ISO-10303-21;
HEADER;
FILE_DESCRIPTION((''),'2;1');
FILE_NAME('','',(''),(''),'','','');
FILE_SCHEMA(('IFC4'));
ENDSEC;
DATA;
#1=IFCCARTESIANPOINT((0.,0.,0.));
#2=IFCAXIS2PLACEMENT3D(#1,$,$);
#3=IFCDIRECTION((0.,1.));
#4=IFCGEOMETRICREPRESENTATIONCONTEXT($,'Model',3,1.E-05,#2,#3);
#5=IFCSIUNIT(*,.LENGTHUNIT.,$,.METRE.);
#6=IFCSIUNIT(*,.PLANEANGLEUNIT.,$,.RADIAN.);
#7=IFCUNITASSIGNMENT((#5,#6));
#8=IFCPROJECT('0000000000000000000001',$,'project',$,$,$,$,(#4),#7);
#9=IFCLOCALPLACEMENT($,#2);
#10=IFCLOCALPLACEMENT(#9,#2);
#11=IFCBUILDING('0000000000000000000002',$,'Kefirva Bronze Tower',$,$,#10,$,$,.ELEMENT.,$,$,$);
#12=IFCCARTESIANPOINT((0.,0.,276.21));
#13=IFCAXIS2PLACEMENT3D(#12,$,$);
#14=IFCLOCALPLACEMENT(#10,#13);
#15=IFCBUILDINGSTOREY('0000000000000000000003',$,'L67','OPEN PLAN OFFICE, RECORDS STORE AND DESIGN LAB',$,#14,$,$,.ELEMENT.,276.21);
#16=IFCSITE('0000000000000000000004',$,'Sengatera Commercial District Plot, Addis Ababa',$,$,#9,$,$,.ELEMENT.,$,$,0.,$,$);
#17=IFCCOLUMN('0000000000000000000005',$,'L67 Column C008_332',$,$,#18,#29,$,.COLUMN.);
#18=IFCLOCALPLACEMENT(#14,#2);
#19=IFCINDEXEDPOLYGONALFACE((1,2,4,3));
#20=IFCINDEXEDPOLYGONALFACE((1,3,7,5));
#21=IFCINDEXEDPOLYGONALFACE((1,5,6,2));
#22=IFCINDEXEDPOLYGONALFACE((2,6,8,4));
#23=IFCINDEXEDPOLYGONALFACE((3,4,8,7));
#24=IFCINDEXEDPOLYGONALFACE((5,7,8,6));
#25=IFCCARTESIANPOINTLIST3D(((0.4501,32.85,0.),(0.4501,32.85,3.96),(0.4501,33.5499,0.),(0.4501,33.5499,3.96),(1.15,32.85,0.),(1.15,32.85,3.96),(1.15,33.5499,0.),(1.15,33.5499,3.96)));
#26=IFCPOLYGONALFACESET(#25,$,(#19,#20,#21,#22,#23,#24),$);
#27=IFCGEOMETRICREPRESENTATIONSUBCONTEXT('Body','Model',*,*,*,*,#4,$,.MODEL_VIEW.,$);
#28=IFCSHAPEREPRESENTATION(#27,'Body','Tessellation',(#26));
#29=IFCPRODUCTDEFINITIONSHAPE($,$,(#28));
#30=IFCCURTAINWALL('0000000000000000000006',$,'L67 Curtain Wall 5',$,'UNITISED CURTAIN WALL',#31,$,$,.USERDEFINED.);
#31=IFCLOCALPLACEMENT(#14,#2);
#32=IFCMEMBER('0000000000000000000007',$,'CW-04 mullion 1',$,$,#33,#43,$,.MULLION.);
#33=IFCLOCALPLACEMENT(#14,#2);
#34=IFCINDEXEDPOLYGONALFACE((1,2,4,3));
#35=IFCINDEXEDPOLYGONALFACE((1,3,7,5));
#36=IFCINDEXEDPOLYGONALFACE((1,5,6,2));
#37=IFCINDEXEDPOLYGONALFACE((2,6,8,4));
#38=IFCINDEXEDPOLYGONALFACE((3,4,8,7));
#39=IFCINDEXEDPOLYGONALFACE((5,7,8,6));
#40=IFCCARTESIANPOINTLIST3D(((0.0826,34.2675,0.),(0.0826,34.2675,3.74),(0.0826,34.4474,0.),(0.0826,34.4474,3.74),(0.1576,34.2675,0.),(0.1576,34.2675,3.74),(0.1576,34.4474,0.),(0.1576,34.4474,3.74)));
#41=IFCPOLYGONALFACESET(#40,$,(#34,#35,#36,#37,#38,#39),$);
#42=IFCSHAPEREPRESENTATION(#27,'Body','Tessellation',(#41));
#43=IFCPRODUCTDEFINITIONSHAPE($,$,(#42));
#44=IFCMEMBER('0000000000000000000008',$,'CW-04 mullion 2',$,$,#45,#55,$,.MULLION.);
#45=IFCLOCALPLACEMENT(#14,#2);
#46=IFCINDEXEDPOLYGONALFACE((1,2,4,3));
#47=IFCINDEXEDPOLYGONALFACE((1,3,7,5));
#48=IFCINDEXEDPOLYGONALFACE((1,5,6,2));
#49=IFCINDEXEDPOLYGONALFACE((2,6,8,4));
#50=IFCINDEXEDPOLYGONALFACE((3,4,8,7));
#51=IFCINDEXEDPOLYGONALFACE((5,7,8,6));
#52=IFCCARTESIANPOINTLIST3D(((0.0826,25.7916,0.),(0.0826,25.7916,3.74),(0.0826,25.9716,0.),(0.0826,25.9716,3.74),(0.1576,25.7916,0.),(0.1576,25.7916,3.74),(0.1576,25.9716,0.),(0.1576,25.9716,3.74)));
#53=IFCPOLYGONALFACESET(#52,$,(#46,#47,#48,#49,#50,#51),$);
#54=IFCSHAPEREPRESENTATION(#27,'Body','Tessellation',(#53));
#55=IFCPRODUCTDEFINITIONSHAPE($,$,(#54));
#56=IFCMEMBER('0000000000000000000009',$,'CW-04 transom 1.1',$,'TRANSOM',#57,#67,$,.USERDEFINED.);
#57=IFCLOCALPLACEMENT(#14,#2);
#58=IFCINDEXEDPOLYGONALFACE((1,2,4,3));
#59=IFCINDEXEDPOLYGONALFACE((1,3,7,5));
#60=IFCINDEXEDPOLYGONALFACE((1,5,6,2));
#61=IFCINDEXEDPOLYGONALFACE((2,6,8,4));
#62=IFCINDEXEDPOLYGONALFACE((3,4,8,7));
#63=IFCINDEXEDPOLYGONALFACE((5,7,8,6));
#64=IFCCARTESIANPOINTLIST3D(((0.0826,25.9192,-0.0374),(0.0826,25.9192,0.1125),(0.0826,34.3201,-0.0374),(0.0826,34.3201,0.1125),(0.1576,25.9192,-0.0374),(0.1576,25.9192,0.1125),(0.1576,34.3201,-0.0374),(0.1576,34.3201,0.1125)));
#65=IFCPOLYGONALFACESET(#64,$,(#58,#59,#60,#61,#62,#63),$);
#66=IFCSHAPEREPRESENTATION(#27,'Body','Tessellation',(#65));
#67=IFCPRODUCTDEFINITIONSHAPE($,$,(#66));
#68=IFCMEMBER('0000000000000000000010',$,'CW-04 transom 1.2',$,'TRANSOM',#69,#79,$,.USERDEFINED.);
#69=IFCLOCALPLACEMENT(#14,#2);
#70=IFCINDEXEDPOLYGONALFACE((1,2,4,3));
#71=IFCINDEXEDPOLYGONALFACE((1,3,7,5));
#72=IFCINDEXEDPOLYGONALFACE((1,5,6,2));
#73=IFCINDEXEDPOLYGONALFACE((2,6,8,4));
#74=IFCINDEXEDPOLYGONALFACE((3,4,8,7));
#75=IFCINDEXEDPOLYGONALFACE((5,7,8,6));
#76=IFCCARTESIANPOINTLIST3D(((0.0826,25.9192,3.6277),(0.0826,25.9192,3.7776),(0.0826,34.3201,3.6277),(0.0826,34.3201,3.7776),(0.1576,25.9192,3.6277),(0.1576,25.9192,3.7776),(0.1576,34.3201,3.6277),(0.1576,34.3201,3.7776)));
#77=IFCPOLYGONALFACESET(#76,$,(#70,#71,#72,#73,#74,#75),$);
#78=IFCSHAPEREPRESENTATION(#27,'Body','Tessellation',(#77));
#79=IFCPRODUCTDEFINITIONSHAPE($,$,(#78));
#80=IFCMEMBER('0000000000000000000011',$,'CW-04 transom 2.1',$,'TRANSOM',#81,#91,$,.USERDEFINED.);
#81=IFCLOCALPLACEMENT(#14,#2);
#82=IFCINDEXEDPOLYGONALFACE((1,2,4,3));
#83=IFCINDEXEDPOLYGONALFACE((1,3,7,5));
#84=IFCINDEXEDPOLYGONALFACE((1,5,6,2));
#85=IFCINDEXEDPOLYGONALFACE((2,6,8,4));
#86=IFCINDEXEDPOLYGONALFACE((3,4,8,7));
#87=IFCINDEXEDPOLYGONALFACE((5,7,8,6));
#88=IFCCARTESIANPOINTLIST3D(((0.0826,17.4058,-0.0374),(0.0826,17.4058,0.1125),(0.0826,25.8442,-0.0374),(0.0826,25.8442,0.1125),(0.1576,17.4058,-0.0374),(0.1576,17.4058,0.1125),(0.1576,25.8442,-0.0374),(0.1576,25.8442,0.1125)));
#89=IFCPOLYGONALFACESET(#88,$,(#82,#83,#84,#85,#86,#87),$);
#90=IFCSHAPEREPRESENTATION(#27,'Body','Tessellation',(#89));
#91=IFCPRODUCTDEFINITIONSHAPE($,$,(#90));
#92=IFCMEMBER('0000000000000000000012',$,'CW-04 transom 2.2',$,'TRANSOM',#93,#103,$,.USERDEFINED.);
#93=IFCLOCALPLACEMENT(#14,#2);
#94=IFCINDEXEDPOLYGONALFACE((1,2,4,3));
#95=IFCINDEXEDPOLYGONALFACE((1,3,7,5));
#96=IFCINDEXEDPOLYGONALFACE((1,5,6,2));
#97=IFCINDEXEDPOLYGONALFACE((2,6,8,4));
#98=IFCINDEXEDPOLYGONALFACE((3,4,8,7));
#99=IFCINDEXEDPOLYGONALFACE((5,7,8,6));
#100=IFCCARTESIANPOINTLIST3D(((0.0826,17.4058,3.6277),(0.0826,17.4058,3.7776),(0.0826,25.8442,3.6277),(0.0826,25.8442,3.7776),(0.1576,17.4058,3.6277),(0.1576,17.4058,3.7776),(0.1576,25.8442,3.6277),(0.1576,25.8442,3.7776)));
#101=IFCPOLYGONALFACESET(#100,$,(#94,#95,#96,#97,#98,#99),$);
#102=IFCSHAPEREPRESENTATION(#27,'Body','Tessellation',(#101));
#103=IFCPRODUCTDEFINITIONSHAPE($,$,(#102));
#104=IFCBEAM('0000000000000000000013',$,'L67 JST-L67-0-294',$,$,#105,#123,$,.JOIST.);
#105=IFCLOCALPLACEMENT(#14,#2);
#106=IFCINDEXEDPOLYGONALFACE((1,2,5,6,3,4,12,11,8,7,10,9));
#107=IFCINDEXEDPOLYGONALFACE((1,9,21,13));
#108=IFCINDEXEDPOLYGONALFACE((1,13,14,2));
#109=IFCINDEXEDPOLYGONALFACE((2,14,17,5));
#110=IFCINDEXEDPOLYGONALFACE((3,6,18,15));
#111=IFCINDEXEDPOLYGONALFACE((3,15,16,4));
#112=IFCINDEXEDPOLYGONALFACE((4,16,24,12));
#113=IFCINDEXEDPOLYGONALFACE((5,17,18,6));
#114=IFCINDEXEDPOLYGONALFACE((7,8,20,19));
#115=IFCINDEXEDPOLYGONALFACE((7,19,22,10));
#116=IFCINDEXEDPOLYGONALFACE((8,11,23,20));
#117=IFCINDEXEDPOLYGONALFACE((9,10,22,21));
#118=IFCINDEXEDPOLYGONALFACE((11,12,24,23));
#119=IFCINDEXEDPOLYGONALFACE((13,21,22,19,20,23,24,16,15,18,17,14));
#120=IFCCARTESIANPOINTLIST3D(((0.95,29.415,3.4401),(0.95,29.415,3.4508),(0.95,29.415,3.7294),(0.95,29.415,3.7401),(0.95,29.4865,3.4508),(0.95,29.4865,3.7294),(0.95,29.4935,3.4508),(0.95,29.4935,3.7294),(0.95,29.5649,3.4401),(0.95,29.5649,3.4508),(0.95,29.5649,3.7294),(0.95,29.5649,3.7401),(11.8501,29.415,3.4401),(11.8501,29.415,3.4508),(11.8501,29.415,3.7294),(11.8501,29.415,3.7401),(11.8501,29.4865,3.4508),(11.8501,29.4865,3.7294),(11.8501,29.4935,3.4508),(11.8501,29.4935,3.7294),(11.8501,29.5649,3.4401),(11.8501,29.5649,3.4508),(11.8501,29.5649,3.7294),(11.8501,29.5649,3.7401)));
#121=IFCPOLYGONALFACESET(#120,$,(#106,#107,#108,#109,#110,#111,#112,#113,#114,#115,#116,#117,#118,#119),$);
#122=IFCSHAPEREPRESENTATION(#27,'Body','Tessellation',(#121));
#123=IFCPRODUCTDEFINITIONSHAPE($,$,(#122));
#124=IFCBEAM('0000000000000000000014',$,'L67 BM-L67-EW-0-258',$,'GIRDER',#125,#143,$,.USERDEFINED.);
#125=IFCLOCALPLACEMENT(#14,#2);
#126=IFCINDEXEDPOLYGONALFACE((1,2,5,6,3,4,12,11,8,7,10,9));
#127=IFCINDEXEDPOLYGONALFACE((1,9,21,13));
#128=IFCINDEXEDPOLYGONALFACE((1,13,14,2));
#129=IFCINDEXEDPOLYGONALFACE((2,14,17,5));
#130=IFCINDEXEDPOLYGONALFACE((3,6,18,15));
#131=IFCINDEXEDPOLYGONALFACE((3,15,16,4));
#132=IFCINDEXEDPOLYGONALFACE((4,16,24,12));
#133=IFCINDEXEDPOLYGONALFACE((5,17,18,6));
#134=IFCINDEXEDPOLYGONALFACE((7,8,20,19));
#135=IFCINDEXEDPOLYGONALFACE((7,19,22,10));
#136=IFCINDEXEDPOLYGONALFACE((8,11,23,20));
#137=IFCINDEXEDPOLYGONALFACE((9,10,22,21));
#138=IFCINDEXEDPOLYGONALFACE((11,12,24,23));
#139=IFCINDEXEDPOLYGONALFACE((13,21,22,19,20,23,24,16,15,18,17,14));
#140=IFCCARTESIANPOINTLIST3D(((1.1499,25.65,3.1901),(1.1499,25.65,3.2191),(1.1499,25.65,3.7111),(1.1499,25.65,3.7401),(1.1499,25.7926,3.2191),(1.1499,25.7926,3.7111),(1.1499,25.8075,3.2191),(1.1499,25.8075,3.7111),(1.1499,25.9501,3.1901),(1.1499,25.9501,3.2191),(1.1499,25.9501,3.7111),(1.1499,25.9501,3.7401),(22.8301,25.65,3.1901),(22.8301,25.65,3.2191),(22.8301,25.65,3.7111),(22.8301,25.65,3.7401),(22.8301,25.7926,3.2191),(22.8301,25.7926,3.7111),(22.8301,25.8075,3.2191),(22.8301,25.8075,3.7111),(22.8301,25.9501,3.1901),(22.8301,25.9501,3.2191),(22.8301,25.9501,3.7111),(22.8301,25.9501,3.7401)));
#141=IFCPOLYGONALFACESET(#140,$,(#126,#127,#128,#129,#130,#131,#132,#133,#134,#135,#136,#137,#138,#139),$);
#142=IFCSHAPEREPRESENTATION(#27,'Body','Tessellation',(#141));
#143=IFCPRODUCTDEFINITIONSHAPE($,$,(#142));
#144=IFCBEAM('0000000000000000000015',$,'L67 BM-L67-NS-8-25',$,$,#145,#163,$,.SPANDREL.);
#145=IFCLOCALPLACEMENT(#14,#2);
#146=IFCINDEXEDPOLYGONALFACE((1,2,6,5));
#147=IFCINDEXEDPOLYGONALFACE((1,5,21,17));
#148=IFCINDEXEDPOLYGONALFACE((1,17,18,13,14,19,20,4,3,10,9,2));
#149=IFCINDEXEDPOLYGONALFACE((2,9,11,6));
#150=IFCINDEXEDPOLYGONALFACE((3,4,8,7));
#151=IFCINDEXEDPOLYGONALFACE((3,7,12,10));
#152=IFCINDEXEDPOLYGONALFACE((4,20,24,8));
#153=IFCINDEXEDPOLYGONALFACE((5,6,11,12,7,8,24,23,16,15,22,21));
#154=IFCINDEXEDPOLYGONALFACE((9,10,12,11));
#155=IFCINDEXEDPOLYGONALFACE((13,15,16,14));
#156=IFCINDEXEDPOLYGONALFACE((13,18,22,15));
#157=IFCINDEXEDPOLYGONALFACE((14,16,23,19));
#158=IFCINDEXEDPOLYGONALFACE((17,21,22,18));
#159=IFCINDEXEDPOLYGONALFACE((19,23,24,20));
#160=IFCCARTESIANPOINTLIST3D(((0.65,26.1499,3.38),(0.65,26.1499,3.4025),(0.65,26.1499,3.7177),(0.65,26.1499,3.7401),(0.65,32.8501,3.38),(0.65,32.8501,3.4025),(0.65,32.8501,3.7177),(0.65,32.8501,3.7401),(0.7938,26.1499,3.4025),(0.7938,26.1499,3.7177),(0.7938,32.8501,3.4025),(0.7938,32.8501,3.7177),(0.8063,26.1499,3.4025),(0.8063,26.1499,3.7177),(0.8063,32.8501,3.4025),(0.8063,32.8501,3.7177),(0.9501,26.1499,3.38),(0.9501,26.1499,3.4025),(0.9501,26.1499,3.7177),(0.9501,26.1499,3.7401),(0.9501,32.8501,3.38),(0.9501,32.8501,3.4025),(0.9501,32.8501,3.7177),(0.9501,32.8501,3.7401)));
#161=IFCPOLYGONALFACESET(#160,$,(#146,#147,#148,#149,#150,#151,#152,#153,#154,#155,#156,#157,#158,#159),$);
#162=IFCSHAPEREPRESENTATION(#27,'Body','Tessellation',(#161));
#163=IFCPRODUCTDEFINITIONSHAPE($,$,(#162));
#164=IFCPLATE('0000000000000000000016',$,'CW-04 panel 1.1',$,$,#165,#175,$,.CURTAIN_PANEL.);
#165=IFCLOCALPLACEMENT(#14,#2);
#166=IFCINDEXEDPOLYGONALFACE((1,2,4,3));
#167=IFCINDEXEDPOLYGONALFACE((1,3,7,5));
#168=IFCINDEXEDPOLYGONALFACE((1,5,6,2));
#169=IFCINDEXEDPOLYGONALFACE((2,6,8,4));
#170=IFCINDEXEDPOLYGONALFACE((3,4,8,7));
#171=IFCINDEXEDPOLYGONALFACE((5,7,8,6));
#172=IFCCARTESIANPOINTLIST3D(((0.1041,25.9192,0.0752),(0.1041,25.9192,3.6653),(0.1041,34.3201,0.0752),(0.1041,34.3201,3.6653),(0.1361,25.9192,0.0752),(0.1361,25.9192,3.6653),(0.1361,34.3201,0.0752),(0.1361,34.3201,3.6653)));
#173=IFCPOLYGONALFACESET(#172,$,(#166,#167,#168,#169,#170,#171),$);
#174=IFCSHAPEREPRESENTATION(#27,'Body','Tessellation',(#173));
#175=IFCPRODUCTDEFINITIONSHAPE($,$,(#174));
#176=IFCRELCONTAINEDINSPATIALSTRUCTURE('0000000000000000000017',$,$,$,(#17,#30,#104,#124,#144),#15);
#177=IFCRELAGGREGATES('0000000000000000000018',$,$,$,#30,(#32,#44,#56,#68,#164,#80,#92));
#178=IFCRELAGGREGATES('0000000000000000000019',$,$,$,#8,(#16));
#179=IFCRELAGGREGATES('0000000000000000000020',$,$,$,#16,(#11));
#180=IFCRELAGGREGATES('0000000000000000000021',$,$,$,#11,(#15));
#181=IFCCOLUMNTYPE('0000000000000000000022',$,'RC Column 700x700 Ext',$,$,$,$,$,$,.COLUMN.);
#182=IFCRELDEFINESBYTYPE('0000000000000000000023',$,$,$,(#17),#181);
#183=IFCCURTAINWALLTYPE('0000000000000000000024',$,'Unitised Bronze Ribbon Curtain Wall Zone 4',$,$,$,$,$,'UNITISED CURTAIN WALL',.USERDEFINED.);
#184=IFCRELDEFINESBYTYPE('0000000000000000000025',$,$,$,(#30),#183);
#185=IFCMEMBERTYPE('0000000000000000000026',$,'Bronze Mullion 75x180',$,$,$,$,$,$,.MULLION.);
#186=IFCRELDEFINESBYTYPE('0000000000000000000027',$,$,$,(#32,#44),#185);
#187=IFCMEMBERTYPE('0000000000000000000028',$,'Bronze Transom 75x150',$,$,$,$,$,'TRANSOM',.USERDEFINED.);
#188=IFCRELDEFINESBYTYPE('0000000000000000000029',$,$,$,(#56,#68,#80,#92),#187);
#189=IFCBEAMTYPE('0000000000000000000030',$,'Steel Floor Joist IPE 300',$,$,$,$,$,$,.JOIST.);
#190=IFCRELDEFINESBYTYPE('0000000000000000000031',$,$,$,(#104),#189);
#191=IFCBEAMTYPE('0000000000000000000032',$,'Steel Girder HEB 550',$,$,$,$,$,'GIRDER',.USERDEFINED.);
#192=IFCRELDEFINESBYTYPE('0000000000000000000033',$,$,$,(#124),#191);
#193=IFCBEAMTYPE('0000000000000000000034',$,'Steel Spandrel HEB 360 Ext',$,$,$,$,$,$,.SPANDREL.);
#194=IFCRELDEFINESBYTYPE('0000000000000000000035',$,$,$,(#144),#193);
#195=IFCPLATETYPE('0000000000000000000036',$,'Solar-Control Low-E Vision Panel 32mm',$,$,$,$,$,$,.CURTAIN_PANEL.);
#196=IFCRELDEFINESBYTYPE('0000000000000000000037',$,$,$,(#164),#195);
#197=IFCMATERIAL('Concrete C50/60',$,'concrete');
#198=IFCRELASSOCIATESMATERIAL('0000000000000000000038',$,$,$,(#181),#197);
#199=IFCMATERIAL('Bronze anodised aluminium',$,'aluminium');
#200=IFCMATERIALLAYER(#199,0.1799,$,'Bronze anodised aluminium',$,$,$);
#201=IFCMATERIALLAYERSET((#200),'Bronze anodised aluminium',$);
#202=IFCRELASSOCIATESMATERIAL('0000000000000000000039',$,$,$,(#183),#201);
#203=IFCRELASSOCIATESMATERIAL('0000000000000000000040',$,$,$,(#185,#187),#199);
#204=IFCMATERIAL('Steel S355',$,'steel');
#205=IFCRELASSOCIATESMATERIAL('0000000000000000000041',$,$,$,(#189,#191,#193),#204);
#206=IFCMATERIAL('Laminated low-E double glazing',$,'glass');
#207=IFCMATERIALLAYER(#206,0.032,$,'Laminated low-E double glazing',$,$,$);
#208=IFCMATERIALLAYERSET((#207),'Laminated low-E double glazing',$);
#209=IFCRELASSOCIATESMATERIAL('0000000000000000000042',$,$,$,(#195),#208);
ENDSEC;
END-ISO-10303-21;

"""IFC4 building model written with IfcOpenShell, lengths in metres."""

from ifc_helpers import new_model, si_unit, direction, frame, origin, origin_2d, place, context, subcontext, project, spatial, rectangle, i_section, extrude, material, layer, layer_set, material_profile, profile_set, type_object, element, aggregate, save


model = new_model("IFC4")

# Units and contexts
model_context = context("Model", 3, precision=1e-05, world=origin(), true_north=direction((0.0, 1.0)))
body_context = subcontext(model_context, "Body", "Model", "MODEL_VIEW")
ifc_project = project(units=[si_unit("LENGTHUNIT", "METRE"), si_unit("PLANEANGLEUNIT", "RADIAN")], contexts=[model_context])

# Site, building, storey
site_placement = place(None, origin())
site = spatial("IfcSite", under=ifc_project, at=site_placement, Name="Sengatera Commercial District Plot, Addis Ababa", CompositionType="ELEMENT", RefElevation=0.0)
building_placement = place(site_placement, origin())
building = spatial("IfcBuilding", under=site, at=building_placement, Name="Kefirva Bronze Tower", CompositionType="ELEMENT")
storey_placement = place(building_placement, frame((0.0, 0.0, 276.21)))
storey = spatial("IfcBuildingStorey", under=building, at=storey_placement, Name="L67", Description="OPEN PLAN OFFICE, RECORDS STORE AND DESIGN LAB", CompositionType="ELEMENT", Elevation=276.21)

# Column
ifc_material_1 = material(Name="Concrete C50/60", Category="concrete")
ifc_material_profile_1 = material_profile(ifc_material_1, rectangle(XDim=0.7, YDim=0.7, at=origin_2d()), Name="RC 700x700")
ifc_profile_set_1 = profile_set([ifc_material_profile_1], Name="Concrete C50/60")
column_type = type_object("IfcColumnType", Name="RC Column 700x700 Ext", PredefinedType="COLUMN", material=ifc_profile_set_1)
column_placement = place(storey_placement, frame((0.8, 33.2, 0.0), z_axis=(0.0, 0.0, 1.0), x_axis=(1.0, 0.0, 0.0)))
element("IfcColumn", 1, at=column_placement, inside=storey, type_object=column_type, Name="L67 Column C008_332", PredefinedType="COLUMN", context=body_context, shape_type="SweptSolid", body=[
    extrude(rectangle(XDim=0.7, YDim=0.7, at=origin_2d()), origin(), (0.0, 0.0, 1.0), 3.96),
])

# Curtain wall, members
ifc_material_2 = material(Name="Bronze anodised aluminium", Category="aluminium")
ifc_layer_1 = layer(ifc_material_2, 0.1799, Name="Bronze anodised aluminium")
ifc_layer_set_1 = layer_set([ifc_layer_1], Name="Bronze anodised aluminium")
curtain_wall_type = type_object("IfcCurtainWallType", Name="Unitised Bronze Ribbon Curtain Wall Zone 4", ElementType="UNITISED CURTAIN WALL", PredefinedType="USERDEFINED", material=ifc_layer_set_1)
curtain_wall_placement = place(storey_placement, origin())
curtain_wall = element("IfcCurtainWall", 2, at=curtain_wall_placement, inside=storey, type_object=curtain_wall_type, Name="L67 Curtain Wall 5", ObjectType="UNITISED CURTAIN WALL", PredefinedType="USERDEFINED")
ifc_material_profile_2 = material_profile(ifc_material_2, rectangle(XDim=0.075, YDim=0.1799, at=origin_2d()), Name="ALU 75x180")
ifc_profile_set_2 = profile_set([ifc_material_profile_2], Name="Bronze anodised aluminium")
member_type_1 = type_object("IfcMemberType", Name="Bronze Mullion 75x180", PredefinedType="MULLION", material=ifc_profile_set_2)
member_1_placement = place(storey_placement, frame((0.1201, 34.3574, 0.0), z_axis=(0.0, 0.0, 1.0), x_axis=(1.0, 0.0, 0.0)))
member_1 = element("IfcMember", 3, at=member_1_placement, type_object=member_type_1, Name="CW-04 mullion 1", PredefinedType="MULLION", context=body_context, shape_type="SweptSolid", body=[
    extrude(rectangle(XDim=0.075, YDim=0.1799, at=origin_2d()), origin(), (0.0, 0.0, 1.0), 3.74),
])
member_2_placement = place(storey_placement, frame((0.1201, 25.8816, 0.0), z_axis=(0.0, 0.0, 1.0), x_axis=(1.0, 0.0, 0.0)))
member_2 = element("IfcMember", 4, at=member_2_placement, type_object=member_type_1, Name="CW-04 mullion 2", PredefinedType="MULLION", context=body_context, shape_type="SweptSolid", body=[
    extrude(rectangle(XDim=0.075, YDim=0.1799, at=origin_2d()), origin(), (0.0, 0.0, 1.0), 3.74),
])
ifc_material_profile_3 = material_profile(ifc_material_2, rectangle(XDim=0.075, YDim=0.1499, at=origin_2d()), Name="ALU 75x150")
ifc_profile_set_3 = profile_set([ifc_material_profile_3], Name="Bronze anodised aluminium")
member_type_2 = type_object("IfcMemberType", Name="Bronze Transom 75x150", ElementType="TRANSOM", PredefinedType="USERDEFINED", material=ifc_profile_set_3)
member_3_placement = place(storey_placement, frame((0.1201, 34.3201, 0.0376), z_axis=(0.0, -1.0, 0.0), x_axis=(1.0, 0.0, 0.0)))
member_3 = element("IfcMember", 5, at=member_3_placement, type_object=member_type_2, Name="CW-04 transom 1.1", ObjectType="TRANSOM", PredefinedType="USERDEFINED", context=body_context, shape_type="SweptSolid", body=[
    extrude(rectangle(XDim=0.075, YDim=0.1499, at=origin_2d()), origin(), (0.0, 0.0, 1.0), 8.4009),
])
member_4_placement = place(storey_placement, frame((0.1201, 34.3201, 3.7026), z_axis=(0.0, -1.0, 0.0), x_axis=(1.0, 0.0, 0.0)))
member_4 = element("IfcMember", 6, at=member_4_placement, type_object=member_type_2, Name="CW-04 transom 1.2", ObjectType="TRANSOM", PredefinedType="USERDEFINED", context=body_context, shape_type="SweptSolid", body=[
    extrude(rectangle(XDim=0.075, YDim=0.1499, at=origin_2d()), origin(), (0.0, 0.0, 1.0), 8.4009),
])
member_5_placement = place(storey_placement, frame((0.1201, 25.8442, 0.0376), z_axis=(0.0, -1.0, 0.0), x_axis=(1.0, 0.0, 0.0)))
member_5 = element("IfcMember", 7, at=member_5_placement, type_object=member_type_2, Name="CW-04 transom 2.1", ObjectType="TRANSOM", PredefinedType="USERDEFINED", context=body_context, shape_type="SweptSolid", body=[
    extrude(rectangle(XDim=0.075, YDim=0.1499, at=origin_2d()), origin(), (0.0, 0.0, 1.0), 8.4385),
])
member_6_placement = place(storey_placement, frame((0.1201, 25.8442, 3.7026), z_axis=(0.0, -1.0, 0.0), x_axis=(1.0, 0.0, 0.0)))
member_6 = element("IfcMember", 8, at=member_6_placement, type_object=member_type_2, Name="CW-04 transom 2.2", ObjectType="TRANSOM", PredefinedType="USERDEFINED", context=body_context, shape_type="SweptSolid", body=[
    extrude(rectangle(XDim=0.075, YDim=0.1499, at=origin_2d()), origin(), (0.0, 0.0, 1.0), 8.4385),
])

# Beams
ifc_material_3 = material(Name="Steel S355", Category="steel")
ifc_material_profile_4 = material_profile(ifc_material_3, i_section(OverallWidth=0.1499, OverallDepth=0.3, WebThickness=0.0071, FlangeThickness=0.0107, at=origin_2d()), Name="IPE 300")
ifc_profile_set_4 = profile_set([ifc_material_profile_4], Name="Steel S355")
beam_type_1 = type_object("IfcBeamType", Name="Steel Floor Joist IPE 300", PredefinedType="JOIST", material=ifc_profile_set_4)
beam_1_placement = place(storey_placement, frame((0.95, 29.49, 3.5901), z_axis=(1.0, 0.0, 0.0), x_axis=(0.0, 1.0, 0.0)))
element("IfcBeam", 9, at=beam_1_placement, inside=storey, type_object=beam_type_1, Name="L67 JST-L67-0-294", PredefinedType="JOIST", context=body_context, shape_type="SweptSolid", body=[
    extrude(i_section(OverallWidth=0.1499, OverallDepth=0.3, WebThickness=0.0071, FlangeThickness=0.0107, at=origin_2d()), origin(), (0.0, 0.0, 1.0), 10.9001),
])
ifc_material_profile_5 = material_profile(ifc_material_3, i_section(OverallWidth=0.3, OverallDepth=0.55, WebThickness=0.0149, FlangeThickness=0.0291, at=origin_2d()), Name="HEB 550")
ifc_profile_set_5 = profile_set([ifc_material_profile_5], Name="Steel S355")
beam_type_2 = type_object("IfcBeamType", Name="Steel Girder HEB 550", ElementType="GIRDER", PredefinedType="USERDEFINED", material=ifc_profile_set_5)
beam_2_placement = place(storey_placement, frame((1.1499, 25.8, 3.4651), z_axis=(1.0, 0.0, 0.0), x_axis=(0.0, 1.0, 0.0)))
element("IfcBeam", 10, at=beam_2_placement, inside=storey, type_object=beam_type_2, Name="L67 BM-L67-EW-0-258", ObjectType="GIRDER", PredefinedType="USERDEFINED", context=body_context, shape_type="SweptSolid", body=[
    extrude(i_section(OverallWidth=0.3, OverallDepth=0.55, WebThickness=0.0149, FlangeThickness=0.0291, at=origin_2d()), origin(), (0.0, 0.0, 1.0), 21.6802),
])
ifc_material_profile_6 = material_profile(ifc_material_3, i_section(OverallWidth=0.3, OverallDepth=0.3601, WebThickness=0.0125, FlangeThickness=0.0225, at=origin_2d()), Name="HEB 360")
ifc_profile_set_6 = profile_set([ifc_material_profile_6], Name="Steel S355")
beam_type_3 = type_object("IfcBeamType", Name="Steel Spandrel HEB 360 Ext", PredefinedType="SPANDREL", material=ifc_profile_set_6)
beam_3_placement = place(storey_placement, frame((0.8, 26.1499, 3.5601), z_axis=(0.0, 1.0, 0.0), x_axis=(-1.0, 0.0, 0.0)))
element("IfcBeam", 11, at=beam_3_placement, inside=storey, type_object=beam_type_3, Name="L67 BM-L67-NS-8-25", PredefinedType="SPANDREL", context=body_context, shape_type="SweptSolid", body=[
    extrude(i_section(OverallWidth=0.3, OverallDepth=0.3601, WebThickness=0.0125, FlangeThickness=0.0225, at=origin_2d()), origin(), (0.0, 0.0, 1.0), 6.7002),
])

# Plate
ifc_material_4 = material(Name="Laminated low-E double glazing", Category="glass")
ifc_layer_2 = layer(ifc_material_4, 0.032, Name="Laminated low-E double glazing")
ifc_layer_set_2 = layer_set([ifc_layer_2], Name="Laminated low-E double glazing")
plate_type = type_object("IfcPlateType", Name="Solar-Control Low-E Vision Panel 32mm", PredefinedType="CURTAIN_PANEL", material=ifc_layer_set_2)
plate_placement = place(storey_placement, frame((0.1201, 30.1196, 0.0752), z_axis=(0.0, 0.0, 1.0), x_axis=(0.0, -1.0, 0.0)))
plate = element("IfcPlate", 12, at=plate_placement, type_object=plate_type, Name="CW-04 panel 1.1", PredefinedType="CURTAIN_PANEL", context=body_context, shape_type="SweptSolid", body=[
    extrude(rectangle(XDim=8.4009, YDim=0.032, at=origin_2d()), origin(), (0.0, 0.0, 1.0), 3.5901),
])
aggregate(curtain_wall, [member_1, member_2, member_3, member_4, plate, member_5, member_6])

save(model, "model.ifc")
